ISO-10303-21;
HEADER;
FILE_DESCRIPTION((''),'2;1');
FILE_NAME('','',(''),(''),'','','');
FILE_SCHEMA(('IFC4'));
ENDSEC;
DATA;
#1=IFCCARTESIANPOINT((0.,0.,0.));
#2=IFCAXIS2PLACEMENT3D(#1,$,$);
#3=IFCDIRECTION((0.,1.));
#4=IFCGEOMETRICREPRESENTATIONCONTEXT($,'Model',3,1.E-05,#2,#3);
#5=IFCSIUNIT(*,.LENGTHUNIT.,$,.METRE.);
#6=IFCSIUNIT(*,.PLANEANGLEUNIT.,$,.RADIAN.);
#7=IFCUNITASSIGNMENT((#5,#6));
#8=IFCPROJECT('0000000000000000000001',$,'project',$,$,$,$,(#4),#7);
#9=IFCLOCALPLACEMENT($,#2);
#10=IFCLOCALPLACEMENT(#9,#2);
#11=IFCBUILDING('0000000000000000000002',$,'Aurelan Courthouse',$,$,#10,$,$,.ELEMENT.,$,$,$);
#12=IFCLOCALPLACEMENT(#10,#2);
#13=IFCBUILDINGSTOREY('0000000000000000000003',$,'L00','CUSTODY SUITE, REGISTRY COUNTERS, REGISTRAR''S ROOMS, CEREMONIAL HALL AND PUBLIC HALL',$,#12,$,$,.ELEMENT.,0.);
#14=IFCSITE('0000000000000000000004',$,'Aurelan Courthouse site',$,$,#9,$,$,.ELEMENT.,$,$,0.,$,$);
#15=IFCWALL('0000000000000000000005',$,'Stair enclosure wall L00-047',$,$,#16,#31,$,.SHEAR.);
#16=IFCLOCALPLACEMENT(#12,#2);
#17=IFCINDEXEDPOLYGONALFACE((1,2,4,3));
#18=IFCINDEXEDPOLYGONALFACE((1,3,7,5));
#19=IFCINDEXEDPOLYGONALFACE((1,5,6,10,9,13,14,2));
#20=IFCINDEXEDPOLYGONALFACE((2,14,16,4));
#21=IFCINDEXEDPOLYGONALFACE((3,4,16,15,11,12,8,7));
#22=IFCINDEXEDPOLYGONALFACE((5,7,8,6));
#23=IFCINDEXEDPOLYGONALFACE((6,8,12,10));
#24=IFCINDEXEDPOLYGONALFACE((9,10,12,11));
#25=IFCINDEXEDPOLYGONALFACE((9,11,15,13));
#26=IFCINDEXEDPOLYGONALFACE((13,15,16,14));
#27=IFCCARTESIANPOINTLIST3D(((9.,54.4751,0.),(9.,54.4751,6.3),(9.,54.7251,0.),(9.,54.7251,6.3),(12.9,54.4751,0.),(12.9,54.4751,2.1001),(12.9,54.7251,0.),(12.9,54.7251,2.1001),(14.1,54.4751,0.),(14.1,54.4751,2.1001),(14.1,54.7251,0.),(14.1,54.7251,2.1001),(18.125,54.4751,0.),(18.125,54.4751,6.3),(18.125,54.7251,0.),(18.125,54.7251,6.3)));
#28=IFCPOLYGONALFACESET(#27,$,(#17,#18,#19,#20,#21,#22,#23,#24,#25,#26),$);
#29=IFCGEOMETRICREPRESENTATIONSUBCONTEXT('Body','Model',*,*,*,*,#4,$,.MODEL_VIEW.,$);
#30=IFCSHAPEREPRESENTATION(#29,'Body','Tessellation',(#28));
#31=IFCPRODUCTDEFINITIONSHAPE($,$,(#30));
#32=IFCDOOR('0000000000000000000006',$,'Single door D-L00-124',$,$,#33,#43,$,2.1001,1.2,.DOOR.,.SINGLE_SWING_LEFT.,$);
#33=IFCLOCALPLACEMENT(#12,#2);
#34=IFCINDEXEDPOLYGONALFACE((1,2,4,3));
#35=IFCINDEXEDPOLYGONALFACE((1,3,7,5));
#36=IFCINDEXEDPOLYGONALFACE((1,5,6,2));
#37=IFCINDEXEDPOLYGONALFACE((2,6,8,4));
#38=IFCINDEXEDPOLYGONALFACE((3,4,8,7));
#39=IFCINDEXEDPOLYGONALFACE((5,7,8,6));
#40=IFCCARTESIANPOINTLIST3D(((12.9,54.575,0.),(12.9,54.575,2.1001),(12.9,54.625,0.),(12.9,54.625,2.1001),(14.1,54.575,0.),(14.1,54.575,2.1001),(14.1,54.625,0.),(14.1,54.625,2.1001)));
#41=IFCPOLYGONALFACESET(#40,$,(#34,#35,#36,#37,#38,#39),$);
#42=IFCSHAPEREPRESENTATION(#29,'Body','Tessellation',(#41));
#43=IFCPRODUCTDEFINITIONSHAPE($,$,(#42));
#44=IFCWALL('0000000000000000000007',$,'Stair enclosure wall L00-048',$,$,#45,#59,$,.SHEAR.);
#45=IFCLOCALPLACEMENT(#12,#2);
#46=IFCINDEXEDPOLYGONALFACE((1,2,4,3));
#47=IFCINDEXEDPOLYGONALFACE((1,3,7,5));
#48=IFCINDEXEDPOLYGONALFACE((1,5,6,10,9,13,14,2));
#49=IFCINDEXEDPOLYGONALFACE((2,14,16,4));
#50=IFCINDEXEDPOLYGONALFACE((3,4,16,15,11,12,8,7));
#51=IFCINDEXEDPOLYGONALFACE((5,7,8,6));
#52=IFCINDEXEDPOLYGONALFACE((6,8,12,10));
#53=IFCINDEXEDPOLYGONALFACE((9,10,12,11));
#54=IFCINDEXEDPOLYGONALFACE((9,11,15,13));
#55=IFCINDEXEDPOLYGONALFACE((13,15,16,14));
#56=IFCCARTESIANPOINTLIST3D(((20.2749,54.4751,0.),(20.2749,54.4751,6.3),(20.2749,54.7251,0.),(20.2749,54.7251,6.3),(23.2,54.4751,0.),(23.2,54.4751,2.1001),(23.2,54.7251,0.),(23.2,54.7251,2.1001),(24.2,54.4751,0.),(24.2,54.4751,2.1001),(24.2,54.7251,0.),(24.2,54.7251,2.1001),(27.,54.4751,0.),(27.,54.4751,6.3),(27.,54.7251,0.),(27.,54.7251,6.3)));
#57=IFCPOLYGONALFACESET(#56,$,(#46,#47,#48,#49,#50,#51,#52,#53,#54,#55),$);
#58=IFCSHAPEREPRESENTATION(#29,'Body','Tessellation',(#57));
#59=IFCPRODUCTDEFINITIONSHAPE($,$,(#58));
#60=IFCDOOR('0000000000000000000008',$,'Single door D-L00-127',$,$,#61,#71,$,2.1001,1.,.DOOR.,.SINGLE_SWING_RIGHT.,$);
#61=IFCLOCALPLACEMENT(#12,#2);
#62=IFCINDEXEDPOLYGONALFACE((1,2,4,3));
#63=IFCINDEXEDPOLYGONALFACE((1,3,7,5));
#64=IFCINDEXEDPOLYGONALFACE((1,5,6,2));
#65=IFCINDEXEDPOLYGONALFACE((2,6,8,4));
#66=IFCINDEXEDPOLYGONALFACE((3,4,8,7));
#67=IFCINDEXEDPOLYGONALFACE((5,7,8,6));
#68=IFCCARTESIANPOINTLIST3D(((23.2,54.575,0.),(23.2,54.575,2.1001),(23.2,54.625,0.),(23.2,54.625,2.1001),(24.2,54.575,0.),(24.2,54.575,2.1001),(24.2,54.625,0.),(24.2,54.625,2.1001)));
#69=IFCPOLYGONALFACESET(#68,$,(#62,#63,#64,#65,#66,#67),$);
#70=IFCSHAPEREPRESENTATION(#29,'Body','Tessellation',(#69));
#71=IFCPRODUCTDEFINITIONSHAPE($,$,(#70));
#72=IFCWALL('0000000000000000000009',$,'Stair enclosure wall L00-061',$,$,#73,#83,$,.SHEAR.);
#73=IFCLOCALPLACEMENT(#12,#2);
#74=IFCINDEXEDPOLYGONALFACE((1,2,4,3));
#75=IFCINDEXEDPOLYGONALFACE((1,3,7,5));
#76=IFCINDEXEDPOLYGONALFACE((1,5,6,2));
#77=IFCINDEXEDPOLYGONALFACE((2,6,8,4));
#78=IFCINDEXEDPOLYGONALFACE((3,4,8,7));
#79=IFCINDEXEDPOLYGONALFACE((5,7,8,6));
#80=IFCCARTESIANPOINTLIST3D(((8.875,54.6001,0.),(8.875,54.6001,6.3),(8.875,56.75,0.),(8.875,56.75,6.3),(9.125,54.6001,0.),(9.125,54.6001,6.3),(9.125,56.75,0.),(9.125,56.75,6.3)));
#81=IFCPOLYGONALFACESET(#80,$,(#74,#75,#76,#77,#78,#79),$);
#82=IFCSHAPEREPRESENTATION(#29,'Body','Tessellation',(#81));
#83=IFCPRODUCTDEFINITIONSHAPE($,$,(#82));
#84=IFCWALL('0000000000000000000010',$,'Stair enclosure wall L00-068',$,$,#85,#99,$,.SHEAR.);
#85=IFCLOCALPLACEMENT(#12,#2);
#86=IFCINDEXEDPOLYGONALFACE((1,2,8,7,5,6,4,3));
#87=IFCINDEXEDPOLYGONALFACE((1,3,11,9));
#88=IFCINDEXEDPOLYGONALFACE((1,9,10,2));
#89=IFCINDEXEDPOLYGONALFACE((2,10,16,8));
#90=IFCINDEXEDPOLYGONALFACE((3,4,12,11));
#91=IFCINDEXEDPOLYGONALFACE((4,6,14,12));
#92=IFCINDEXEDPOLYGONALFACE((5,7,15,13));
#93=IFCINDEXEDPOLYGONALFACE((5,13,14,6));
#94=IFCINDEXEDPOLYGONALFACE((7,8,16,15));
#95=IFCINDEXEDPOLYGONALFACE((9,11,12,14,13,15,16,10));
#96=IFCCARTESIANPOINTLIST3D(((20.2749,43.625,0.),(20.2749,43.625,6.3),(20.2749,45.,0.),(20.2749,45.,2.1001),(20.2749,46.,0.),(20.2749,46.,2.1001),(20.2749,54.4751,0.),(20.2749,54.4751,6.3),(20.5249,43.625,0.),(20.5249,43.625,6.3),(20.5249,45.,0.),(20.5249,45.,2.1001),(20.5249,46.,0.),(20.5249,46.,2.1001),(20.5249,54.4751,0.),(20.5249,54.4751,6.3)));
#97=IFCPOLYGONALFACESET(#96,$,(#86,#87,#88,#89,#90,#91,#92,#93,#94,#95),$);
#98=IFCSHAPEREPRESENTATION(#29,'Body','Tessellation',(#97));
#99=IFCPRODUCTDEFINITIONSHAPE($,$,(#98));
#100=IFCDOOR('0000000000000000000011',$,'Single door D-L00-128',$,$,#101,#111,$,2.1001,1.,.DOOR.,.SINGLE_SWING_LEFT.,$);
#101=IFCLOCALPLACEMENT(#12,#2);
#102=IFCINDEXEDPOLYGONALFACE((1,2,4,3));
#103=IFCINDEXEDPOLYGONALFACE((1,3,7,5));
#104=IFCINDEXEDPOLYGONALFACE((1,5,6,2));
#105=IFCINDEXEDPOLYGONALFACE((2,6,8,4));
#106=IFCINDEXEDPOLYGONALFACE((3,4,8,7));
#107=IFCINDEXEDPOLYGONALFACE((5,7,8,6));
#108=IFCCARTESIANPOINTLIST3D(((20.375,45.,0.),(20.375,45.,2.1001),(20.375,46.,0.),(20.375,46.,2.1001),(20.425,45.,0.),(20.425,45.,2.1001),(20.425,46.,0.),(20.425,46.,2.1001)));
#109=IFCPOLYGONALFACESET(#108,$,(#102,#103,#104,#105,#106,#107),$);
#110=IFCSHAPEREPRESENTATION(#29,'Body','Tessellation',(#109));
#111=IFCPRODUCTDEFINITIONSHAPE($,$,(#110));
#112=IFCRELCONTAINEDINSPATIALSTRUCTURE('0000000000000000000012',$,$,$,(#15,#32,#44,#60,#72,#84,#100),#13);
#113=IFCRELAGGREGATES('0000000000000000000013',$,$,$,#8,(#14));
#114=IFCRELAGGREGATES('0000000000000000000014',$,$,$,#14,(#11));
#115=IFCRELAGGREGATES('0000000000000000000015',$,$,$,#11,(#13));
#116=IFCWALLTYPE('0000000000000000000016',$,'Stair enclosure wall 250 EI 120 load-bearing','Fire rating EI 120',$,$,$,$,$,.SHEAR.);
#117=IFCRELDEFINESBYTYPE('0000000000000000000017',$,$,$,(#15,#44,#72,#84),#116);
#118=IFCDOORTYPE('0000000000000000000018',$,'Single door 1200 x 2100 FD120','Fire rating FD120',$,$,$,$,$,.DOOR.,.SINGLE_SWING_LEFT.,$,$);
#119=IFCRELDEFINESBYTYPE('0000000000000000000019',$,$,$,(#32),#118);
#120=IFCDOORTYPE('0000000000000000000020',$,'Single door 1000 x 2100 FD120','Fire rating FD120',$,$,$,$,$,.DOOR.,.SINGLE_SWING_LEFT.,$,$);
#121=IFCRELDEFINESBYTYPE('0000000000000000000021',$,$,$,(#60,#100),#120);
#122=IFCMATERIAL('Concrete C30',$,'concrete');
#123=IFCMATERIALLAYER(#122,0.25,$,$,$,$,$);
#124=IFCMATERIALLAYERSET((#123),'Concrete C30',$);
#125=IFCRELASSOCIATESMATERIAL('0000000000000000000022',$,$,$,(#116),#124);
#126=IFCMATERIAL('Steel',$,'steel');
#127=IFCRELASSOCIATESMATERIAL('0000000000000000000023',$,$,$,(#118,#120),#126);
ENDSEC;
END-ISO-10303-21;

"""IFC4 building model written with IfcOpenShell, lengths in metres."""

from ifc_helpers import new_model, si_unit, direction, frame, frame_2d, origin, place, context, subcontext, project, spatial, rectangle, extrude, material, layer, layer_set, type_object, element, fill, save


model = new_model("IFC4")

# Units and contexts
model_context = context("Model", 3, precision=1e-05, world=origin(), true_north=direction((0.0, 1.0)))
body_context = subcontext(model_context, "Body", "Model", "MODEL_VIEW")
ifc_project = project(units=[si_unit("LENGTHUNIT", "METRE"), si_unit("PLANEANGLEUNIT", "RADIAN")], contexts=[model_context])

# Site, building, storey
site_placement = place(None, origin())
site = spatial("IfcSite", under=ifc_project, at=site_placement, Name="Aurelan Courthouse site", CompositionType="ELEMENT", RefElevation=0.0)
building_placement = place(site_placement, origin())
building = spatial("IfcBuilding", under=site, at=building_placement, Name="Aurelan Courthouse", CompositionType="ELEMENT")
storey_placement = place(building_placement, origin())
storey = spatial("IfcBuildingStorey", under=building, at=storey_placement, Name="L00", Description="CUSTODY SUITE, REGISTRY COUNTERS, REGISTRAR'S ROOMS, CEREMONIAL HALL AND PUBLIC HALL", CompositionType="ELEMENT", Elevation=0.0)

# Shared definitions
ifc_material_1 = material(Name="Concrete C30", Category="concrete")

# Walls, openings, doors
ifc_layer_1 = layer(ifc_material_1, 0.25)
ifc_layer_set_1 = layer_set([ifc_layer_1], Name="Concrete C30")
wall_type_1 = type_object("IfcWallType", Name="Stair enclosure wall 250 EI 120 load-bearing", Description="Fire rating EI 120", PredefinedType="SHEAR", material=ifc_layer_set_1)
wall_1_placement = place(storey_placement, frame((9.0, 54.6001, 0.0), z_axis=(0.0, 0.0, 1.0), x_axis=(1.0, 0.0, 0.0)))
wall_1 = element("IfcWall", 1, at=wall_1_placement, inside=storey, type_object=wall_type_1, Name="Stair enclosure wall L00-047", PredefinedType="SHEAR", context=body_context, shape_type="SweptSolid", body=[
    extrude(rectangle(XDim=9.125, YDim=0.25, at=frame_2d((4.5625, 0.0))), origin(), (0.0, 0.0, 1.0), 6.3),
])
opening_1_placement = place(wall_1_placement, frame((3.8999, 0.0, 0.0)))
opening_1 = element("IfcOpeningElement", 2, at=opening_1_placement, cuts=wall_1, PredefinedType="OPENING", context=body_context, shape_type="SweptSolid", body=[
    extrude(rectangle(XDim=1.2, YDim=2.1001, at=frame_2d((0.6001, 1.05))), frame((0.0, 0.135, 0.0), z_axis=(0.0, -1.0, 0.0), x_axis=(1.0, 0.0, 0.0)), (0.0, 0.0, 1.0), 0.27),
])
ifc_material_2 = material(Name="Steel", Category="steel")
door_type_1 = type_object("IfcDoorType", Name="Single door 1200 x 2100 FD120", Description="Fire rating FD120", OperationType="SINGLE_SWING_LEFT", PredefinedType="DOOR", material=ifc_material_2)
door_1_placement = place(opening_1_placement, origin())
door_1 = element("IfcDoor", 3, at=door_1_placement, inside=storey, type_object=door_type_1, Name="Single door D-L00-124", OperationType="SINGLE_SWING_LEFT", OverallHeight=2.1001, OverallWidth=1.2, PredefinedType="DOOR", context=body_context, shape_type="SweptSolid", body=[
    extrude(rectangle(XDim=1.2, YDim=2.1001, at=frame_2d((0.6001, 1.05))), frame((0.0, 0.0249, 0.0), z_axis=(0.0, -1.0, 0.0), x_axis=(1.0, 0.0, 0.0)), (0.0, 0.0, 1.0), 0.05),
])
fill(opening_1, door_1)
wall_2_placement = place(storey_placement, frame((20.2749, 54.6001, 0.0), z_axis=(0.0, 0.0, 1.0), x_axis=(1.0, 0.0, 0.0)))
wall_2 = element("IfcWall", 4, at=wall_2_placement, inside=storey, type_object=wall_type_1, Name="Stair enclosure wall L00-048", PredefinedType="SHEAR", context=body_context, shape_type="SweptSolid", body=[
    extrude(rectangle(XDim=6.7251, YDim=0.25, at=frame_2d((3.3625, 0.0))), origin(), (0.0, 0.0, 1.0), 6.3),
])
opening_2_placement = place(wall_2_placement, frame((2.925, 0.0, 0.0)))
opening_2 = element("IfcOpeningElement", 5, at=opening_2_placement, cuts=wall_2, PredefinedType="OPENING", context=body_context, shape_type="SweptSolid", body=[
    extrude(rectangle(XDim=1.0, YDim=2.1001, at=frame_2d((0.5, 1.05))), frame((0.0, 0.135, 0.0), z_axis=(0.0, -1.0, 0.0), x_axis=(1.0, 0.0, 0.0)), (0.0, 0.0, 1.0), 0.27),
])
door_type_2 = type_object("IfcDoorType", Name="Single door 1000 x 2100 FD120", Description="Fire rating FD120", OperationType="SINGLE_SWING_LEFT", PredefinedType="DOOR", material=ifc_material_2)
door_2_placement = place(opening_2_placement, origin())
door_2 = element("IfcDoor", 6, at=door_2_placement, inside=storey, type_object=door_type_2, Name="Single door D-L00-127", OperationType="SINGLE_SWING_RIGHT", OverallHeight=2.1001, OverallWidth=1.0, PredefinedType="DOOR", context=body_context, shape_type="SweptSolid", body=[
    extrude(rectangle(XDim=1.0, YDim=2.1001, at=frame_2d((0.5, 1.05))), frame((0.0, 0.0249, 0.0), z_axis=(0.0, -1.0, 0.0), x_axis=(1.0, 0.0, 0.0)), (0.0, 0.0, 1.0), 0.05),
])
fill(opening_2, door_2)

# Wall
wall_3_placement = place(storey_placement, frame((9.0, 54.6001, 0.0), z_axis=(0.0, 0.0, 1.0), x_axis=(0.0, 1.0, 0.0)))
element("IfcWall", 7, at=wall_3_placement, inside=storey, type_object=wall_type_1, Name="Stair enclosure wall L00-061", PredefinedType="SHEAR", context=body_context, shape_type="SweptSolid", body=[
    extrude(rectangle(XDim=2.1499, YDim=0.25, at=frame_2d((1.075, 0.0))), origin(), (0.0, 0.0, 1.0), 6.3),
])

# Wall, opening, door
wall_4_placement = place(storey_placement, frame((20.3999, 43.625, 0.0), z_axis=(0.0, 0.0, 1.0), x_axis=(0.0, 1.0, 0.0)))
wall_4 = element("IfcWall", 8, at=wall_4_placement, inside=storey, type_object=wall_type_1, Name="Stair enclosure wall L00-068", PredefinedType="SHEAR", context=body_context, shape_type="SweptSolid", body=[
    extrude(rectangle(XDim=10.8501, YDim=0.25, at=frame_2d((5.425, 0.0))), origin(), (0.0, 0.0, 1.0), 6.3),
])
opening_3_placement = place(wall_4_placement, frame((1.375, 0.0, 0.0)))
opening_3 = element("IfcOpeningElement", 9, at=opening_3_placement, cuts=wall_4, PredefinedType="OPENING", context=body_context, shape_type="SweptSolid", body=[
    extrude(rectangle(XDim=1.0, YDim=2.1001, at=frame_2d((0.5, 1.05))), frame((0.0, 0.135, 0.0), z_axis=(0.0, -1.0, 0.0), x_axis=(1.0, 0.0, 0.0)), (0.0, 0.0, 1.0), 0.27),
])
door_3_placement = place(opening_3_placement, origin())
door_3 = element("IfcDoor", 10, at=door_3_placement, inside=storey, type_object=door_type_2, Name="Single door D-L00-128", OperationType="SINGLE_SWING_LEFT", OverallHeight=2.1001, OverallWidth=1.0, PredefinedType="DOOR", context=body_context, shape_type="SweptSolid", body=[
    extrude(rectangle(XDim=1.0, YDim=2.1001, at=frame_2d((0.5, 1.05))), frame((0.0, 0.0249, 0.0), z_axis=(0.0, -1.0, 0.0), x_axis=(1.0, 0.0, 0.0)), (0.0, 0.0, 1.0), 0.05),
])
fill(opening_3, door_3)

save(model, "model.ifc")
